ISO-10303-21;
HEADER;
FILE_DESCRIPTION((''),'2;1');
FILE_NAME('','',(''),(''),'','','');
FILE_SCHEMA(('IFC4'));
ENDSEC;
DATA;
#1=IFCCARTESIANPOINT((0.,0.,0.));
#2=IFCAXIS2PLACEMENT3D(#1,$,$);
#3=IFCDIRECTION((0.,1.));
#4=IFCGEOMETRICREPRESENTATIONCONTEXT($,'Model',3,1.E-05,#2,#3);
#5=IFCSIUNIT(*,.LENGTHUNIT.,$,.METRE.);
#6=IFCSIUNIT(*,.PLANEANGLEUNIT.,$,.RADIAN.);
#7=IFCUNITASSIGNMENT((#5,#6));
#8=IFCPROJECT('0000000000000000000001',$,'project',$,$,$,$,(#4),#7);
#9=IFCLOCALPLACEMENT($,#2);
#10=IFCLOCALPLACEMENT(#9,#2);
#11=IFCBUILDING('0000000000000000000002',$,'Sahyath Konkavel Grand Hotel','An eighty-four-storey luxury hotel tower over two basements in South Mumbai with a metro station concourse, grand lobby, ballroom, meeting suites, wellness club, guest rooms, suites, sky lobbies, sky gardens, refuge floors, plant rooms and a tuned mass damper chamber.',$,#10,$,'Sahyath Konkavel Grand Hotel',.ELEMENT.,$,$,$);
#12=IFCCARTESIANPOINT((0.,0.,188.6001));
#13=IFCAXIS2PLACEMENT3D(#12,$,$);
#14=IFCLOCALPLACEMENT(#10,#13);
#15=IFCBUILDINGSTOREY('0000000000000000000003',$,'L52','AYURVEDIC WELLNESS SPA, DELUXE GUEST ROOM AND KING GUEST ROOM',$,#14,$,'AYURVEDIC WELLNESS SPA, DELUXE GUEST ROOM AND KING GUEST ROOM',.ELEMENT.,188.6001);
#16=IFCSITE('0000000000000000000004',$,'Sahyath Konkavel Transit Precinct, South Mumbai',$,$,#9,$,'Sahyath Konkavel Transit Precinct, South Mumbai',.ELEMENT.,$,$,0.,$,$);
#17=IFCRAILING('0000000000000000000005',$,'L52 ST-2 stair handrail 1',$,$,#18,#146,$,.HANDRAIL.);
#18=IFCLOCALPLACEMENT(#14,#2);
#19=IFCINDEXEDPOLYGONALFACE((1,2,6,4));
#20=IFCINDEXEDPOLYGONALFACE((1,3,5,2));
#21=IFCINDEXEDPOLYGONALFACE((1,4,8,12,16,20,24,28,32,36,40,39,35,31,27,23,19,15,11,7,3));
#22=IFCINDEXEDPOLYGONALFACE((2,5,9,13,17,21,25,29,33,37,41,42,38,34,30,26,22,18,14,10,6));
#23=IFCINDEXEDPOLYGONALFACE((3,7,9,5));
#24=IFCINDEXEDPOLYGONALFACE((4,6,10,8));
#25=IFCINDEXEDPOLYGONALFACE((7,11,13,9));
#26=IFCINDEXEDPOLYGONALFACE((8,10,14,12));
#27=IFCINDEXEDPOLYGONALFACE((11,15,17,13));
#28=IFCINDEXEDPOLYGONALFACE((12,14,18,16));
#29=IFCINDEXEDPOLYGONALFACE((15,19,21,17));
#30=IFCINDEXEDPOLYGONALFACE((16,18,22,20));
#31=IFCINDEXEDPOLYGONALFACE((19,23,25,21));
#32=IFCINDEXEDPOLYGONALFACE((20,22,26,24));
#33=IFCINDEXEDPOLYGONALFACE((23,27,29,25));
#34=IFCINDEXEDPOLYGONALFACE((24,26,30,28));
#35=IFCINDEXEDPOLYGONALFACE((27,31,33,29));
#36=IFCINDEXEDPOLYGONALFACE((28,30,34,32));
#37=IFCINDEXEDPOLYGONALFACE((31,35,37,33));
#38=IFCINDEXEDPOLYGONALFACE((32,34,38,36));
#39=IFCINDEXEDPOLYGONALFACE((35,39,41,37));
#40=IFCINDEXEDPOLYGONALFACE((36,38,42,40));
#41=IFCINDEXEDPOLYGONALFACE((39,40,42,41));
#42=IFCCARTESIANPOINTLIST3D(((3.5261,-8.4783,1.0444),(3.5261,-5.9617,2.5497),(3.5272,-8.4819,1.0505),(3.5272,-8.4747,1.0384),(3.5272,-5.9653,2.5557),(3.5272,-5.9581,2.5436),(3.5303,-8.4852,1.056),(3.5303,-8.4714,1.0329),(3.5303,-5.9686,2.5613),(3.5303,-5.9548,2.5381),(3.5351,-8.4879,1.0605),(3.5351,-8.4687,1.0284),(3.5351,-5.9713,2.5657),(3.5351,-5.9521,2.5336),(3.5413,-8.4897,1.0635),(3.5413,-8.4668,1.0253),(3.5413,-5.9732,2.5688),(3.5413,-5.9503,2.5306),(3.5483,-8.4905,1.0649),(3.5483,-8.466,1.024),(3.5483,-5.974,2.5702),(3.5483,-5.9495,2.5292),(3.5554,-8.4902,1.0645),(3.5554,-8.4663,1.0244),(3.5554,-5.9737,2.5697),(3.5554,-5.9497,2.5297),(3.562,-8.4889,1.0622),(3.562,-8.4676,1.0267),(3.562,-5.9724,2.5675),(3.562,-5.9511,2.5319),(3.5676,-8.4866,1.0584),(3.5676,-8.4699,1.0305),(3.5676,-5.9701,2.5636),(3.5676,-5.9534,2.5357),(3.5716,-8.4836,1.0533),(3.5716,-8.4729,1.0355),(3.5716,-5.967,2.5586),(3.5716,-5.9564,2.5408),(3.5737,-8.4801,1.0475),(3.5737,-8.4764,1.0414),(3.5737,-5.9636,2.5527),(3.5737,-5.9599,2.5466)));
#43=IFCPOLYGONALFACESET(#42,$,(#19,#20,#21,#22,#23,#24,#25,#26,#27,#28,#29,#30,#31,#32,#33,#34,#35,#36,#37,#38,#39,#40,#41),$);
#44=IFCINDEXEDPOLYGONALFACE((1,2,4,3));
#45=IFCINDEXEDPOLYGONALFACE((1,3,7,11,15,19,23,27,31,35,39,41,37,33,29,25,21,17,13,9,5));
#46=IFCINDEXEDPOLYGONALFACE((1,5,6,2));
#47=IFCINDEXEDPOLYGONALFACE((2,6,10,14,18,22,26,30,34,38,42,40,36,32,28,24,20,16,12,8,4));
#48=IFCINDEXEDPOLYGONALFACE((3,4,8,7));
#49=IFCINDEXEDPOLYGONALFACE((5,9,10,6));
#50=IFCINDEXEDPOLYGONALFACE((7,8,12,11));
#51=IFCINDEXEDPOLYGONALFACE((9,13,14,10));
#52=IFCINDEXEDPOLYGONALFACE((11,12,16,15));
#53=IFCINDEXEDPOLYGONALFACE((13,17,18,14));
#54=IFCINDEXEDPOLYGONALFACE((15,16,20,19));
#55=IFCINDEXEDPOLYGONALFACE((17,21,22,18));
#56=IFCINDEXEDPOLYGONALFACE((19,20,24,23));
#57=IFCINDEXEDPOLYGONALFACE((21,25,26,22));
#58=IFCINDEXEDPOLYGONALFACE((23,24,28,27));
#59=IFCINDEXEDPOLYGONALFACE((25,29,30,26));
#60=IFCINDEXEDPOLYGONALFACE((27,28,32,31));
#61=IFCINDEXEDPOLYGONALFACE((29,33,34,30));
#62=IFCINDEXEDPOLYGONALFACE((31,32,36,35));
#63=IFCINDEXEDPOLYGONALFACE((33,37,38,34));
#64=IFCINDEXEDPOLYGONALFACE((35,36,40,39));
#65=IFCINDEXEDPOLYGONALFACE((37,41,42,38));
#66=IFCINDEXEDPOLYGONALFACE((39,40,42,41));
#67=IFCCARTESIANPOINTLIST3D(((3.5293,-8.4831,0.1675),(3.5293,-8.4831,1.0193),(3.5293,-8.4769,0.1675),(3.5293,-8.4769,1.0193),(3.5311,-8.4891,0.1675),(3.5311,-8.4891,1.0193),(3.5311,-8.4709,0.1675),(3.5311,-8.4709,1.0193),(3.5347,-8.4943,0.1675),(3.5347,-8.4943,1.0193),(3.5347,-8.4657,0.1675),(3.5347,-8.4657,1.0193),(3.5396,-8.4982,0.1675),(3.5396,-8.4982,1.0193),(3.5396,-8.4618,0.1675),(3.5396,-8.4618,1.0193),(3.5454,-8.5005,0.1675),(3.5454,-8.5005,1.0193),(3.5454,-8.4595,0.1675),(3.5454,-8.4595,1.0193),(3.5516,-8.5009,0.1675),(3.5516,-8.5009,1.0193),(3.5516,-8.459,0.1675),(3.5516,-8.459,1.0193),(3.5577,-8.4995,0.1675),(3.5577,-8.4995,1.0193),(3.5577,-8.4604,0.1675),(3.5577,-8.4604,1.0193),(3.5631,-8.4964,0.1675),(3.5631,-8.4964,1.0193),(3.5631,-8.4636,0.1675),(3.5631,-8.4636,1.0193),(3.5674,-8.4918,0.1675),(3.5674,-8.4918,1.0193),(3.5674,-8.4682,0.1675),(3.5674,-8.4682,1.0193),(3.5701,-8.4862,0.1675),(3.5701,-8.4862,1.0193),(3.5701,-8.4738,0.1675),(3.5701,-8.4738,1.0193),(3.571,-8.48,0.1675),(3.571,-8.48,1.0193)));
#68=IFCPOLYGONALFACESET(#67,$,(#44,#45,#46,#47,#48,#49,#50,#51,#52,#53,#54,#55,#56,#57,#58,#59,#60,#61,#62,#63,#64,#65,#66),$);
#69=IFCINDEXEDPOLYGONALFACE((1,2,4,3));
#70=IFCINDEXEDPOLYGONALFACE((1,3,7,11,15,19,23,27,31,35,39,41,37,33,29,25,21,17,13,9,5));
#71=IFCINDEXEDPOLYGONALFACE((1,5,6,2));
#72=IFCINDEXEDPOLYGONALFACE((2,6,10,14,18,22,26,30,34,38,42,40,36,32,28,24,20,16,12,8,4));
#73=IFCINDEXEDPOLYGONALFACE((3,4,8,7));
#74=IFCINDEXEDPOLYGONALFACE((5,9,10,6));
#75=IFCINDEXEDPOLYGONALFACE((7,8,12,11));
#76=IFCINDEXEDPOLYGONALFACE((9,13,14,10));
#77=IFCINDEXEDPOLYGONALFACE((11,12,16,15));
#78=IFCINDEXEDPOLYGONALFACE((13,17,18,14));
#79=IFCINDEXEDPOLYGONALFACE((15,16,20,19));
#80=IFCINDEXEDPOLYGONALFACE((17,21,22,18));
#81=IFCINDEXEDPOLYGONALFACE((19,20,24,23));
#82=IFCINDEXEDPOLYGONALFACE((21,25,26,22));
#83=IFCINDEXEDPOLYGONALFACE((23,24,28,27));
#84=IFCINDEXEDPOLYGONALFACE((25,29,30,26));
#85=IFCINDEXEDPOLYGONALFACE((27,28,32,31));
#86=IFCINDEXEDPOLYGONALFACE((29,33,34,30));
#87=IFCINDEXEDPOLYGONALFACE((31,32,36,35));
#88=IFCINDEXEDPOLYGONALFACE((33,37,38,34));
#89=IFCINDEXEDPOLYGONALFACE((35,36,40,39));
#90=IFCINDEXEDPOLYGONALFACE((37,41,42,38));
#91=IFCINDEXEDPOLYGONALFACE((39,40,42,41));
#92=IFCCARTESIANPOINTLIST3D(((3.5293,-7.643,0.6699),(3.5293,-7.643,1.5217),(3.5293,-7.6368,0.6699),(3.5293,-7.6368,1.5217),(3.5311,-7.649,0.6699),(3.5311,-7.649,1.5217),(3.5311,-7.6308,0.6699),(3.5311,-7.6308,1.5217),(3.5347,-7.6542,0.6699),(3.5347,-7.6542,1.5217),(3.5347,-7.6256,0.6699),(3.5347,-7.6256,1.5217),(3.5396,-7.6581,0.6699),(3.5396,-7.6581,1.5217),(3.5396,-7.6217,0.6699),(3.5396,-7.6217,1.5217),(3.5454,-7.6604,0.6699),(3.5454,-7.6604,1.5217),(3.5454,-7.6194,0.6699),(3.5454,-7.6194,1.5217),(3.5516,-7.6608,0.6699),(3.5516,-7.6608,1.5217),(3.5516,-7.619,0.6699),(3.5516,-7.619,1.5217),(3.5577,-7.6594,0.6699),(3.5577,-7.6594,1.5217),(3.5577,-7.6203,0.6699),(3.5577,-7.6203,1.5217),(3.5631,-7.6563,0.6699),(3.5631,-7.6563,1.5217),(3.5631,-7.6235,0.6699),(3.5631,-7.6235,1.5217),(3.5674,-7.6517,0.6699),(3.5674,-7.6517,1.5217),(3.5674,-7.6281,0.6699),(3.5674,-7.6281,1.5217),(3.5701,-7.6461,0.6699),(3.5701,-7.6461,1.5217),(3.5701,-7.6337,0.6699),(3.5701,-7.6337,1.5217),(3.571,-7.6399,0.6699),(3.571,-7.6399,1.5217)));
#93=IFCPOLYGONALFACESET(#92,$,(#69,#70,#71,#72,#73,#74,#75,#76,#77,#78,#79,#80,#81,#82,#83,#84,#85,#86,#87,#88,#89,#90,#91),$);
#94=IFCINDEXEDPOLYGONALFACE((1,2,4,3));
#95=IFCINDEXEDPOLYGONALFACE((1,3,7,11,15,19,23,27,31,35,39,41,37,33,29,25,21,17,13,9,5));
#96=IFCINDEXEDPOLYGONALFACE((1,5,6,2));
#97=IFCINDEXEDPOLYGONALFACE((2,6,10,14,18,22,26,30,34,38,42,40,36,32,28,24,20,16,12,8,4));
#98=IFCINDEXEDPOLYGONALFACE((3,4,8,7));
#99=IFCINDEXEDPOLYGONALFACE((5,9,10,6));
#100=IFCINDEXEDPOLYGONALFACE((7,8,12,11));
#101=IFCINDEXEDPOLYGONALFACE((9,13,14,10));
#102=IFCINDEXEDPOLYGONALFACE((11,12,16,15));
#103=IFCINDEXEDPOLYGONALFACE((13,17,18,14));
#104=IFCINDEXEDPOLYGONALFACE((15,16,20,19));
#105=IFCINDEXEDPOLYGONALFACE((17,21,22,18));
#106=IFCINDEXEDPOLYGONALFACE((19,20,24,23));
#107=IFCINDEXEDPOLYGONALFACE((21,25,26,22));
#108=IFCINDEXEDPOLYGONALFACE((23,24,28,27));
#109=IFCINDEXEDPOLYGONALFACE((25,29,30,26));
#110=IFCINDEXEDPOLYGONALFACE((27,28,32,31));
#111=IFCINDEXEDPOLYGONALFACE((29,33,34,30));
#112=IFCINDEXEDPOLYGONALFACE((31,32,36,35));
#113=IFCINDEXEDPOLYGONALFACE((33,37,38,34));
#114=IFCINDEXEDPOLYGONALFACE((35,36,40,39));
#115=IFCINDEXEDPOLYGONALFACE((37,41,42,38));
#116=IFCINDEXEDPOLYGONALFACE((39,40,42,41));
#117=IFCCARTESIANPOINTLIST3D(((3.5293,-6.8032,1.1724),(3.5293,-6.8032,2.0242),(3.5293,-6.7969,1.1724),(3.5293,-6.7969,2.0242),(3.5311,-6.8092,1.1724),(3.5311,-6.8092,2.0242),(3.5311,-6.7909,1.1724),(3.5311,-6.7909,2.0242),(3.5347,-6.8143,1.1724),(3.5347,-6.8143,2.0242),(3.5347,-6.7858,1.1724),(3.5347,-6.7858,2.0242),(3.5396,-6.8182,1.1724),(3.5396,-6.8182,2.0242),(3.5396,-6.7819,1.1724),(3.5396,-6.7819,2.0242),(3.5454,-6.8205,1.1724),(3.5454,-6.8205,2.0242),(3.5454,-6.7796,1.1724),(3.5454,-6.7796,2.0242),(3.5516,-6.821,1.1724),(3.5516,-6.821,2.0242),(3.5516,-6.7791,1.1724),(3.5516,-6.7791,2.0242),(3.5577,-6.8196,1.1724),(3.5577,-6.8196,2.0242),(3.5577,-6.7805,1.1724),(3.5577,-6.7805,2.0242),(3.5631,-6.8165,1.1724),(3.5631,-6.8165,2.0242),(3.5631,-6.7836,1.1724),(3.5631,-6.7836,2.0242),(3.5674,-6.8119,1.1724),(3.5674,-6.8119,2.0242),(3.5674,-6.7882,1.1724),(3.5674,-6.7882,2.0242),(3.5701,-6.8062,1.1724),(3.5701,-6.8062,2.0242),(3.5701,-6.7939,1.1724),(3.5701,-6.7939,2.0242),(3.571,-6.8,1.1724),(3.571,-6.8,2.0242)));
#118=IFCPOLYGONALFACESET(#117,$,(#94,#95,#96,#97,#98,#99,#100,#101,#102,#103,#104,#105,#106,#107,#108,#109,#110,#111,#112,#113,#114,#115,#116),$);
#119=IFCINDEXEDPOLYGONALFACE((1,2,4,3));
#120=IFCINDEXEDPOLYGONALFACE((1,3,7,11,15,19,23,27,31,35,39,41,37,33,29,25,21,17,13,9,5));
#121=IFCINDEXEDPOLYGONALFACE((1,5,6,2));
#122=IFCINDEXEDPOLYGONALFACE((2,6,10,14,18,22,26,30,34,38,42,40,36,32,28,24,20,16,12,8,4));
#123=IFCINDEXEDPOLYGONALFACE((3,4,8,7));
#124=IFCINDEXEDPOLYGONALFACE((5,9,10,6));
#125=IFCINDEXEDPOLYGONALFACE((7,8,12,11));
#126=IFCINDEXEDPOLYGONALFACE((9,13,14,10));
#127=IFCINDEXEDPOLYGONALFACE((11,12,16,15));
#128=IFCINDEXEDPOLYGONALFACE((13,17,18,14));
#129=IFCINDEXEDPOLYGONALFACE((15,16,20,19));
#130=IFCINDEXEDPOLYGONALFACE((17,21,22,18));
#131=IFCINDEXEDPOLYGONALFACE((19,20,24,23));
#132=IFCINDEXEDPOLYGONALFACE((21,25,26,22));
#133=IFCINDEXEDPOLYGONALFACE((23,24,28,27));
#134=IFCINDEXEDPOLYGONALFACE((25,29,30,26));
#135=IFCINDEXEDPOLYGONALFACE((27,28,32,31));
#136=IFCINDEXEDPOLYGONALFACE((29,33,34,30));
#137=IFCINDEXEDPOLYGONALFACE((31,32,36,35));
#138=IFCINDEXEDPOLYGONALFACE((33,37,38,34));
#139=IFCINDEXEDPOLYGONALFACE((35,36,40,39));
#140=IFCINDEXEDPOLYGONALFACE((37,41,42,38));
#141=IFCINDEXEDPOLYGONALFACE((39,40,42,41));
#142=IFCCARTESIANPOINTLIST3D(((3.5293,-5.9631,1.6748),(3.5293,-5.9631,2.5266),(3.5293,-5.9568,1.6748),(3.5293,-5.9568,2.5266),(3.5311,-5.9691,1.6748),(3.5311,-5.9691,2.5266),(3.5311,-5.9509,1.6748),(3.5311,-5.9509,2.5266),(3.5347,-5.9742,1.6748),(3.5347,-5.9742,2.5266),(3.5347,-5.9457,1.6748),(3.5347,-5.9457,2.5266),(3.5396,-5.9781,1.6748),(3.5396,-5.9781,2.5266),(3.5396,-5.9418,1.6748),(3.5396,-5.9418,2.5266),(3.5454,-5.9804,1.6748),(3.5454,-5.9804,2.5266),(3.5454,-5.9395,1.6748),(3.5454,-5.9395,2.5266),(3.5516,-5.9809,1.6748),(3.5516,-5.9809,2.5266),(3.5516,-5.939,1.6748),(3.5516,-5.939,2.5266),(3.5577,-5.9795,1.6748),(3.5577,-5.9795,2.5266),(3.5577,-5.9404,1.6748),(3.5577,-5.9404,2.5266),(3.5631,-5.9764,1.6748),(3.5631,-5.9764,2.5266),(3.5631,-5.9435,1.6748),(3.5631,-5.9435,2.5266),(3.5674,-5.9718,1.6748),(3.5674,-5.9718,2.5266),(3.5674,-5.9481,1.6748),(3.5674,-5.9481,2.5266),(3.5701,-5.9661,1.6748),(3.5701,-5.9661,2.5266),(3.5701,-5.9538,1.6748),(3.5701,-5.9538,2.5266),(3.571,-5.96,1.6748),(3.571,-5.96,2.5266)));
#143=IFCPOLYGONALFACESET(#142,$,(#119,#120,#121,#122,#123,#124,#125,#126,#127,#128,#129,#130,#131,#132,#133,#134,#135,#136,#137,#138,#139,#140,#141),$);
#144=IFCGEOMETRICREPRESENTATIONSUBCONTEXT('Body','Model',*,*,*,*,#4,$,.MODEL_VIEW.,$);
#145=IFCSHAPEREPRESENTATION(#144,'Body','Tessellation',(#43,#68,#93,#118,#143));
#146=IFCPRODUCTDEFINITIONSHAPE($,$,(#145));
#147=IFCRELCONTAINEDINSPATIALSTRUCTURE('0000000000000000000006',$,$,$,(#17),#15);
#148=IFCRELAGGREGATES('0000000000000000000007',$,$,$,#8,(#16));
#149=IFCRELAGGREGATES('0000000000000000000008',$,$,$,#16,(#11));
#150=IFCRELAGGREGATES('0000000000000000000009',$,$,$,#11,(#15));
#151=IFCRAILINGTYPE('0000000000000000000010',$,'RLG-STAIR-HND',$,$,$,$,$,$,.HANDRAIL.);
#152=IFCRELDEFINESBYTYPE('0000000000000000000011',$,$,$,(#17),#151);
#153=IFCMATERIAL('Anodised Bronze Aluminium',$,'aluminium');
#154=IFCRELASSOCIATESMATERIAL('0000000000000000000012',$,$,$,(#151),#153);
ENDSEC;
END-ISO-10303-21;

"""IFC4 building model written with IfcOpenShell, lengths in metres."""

from ifc_helpers import new_model, si_unit, direction, frame, origin, origin_2d, place, context, subcontext, project, spatial, circle, extrude, material, type_object, element, save


model = new_model("IFC4")

# Units and contexts
model_context = context("Model", 3, precision=1e-05, world=origin(), true_north=direction((0.0, 1.0)))
body_context = subcontext(model_context, "Body", "Model", "MODEL_VIEW")
ifc_project = project(units=[si_unit("LENGTHUNIT", "METRE"), si_unit("PLANEANGLEUNIT", "RADIAN")], contexts=[model_context])

# Site, building, storey
site_placement = place(None, origin())
site = spatial("IfcSite", under=ifc_project, at=site_placement, Name="Sahyath Konkavel Transit Precinct, South Mumbai", LongName="Sahyath Konkavel Transit Precinct, South Mumbai", CompositionType="ELEMENT", RefElevation=0.0)
building_placement = place(site_placement, origin())
building = spatial("IfcBuilding", under=site, at=building_placement, Name="Sahyath Konkavel Grand Hotel", Description="An eighty-four-storey luxury hotel tower over two basements in South Mumbai with a metro station concourse, grand lobby, ballroom, meeting suites, wellness club, guest rooms, suites, sky lobbies, sky gardens, refuge floors, plant rooms and a tuned mass damper chamber.", LongName="Sahyath Konkavel Grand Hotel", CompositionType="ELEMENT")
storey_placement = place(building_placement, frame((0.0, 0.0, 188.6001)))
storey = spatial("IfcBuildingStorey", under=building, at=storey_placement, Name="L52", Description="AYURVEDIC WELLNESS SPA, DELUXE GUEST ROOM AND KING GUEST ROOM", LongName="AYURVEDIC WELLNESS SPA, DELUXE GUEST ROOM AND KING GUEST ROOM", CompositionType="ELEMENT", Elevation=188.6001)

# Shared definitions
ifc_material_1 = material(Name="Anodised Bronze Aluminium", Category="aluminium")

# Railing
railing_type_1 = type_object("IfcRailingType", Name="RLG-STAIR-HND", PredefinedType="HANDRAIL", material=ifc_material_1)
railing_1_placement = place(storey_placement, frame((3.55, -8.48, 0.1675)))
element("IfcRailing", 1, at=railing_1_placement, inside=storey, type_object=railing_type_1, Name="L52 ST-2 stair handrail 1", PredefinedType="HANDRAIL", context=body_context, shape_type="SweptSolid", body=[
    extrude(circle(Radius=0.0239, at=origin_2d()), frame((0.0, 0.0017, 0.877), z_axis=(0.0, 0.858196, 0.513321), x_axis=(-1.0, 0.0, 0.0)), (0.0, 0.0, 1.0), 2.9324),
    extrude(circle(Radius=0.021, at=origin_2d()), origin(), (0.0, 0.0, 1.0), 0.8518),
    extrude(circle(Radius=0.021, at=origin_2d()), frame((0.0, 0.8401, 0.5024)), (0.0, 0.0, 1.0), 0.8518),
    extrude(circle(Radius=0.021, at=origin_2d()), frame((0.0, 1.6799, 1.0049)), (0.0, 0.0, 1.0), 0.8518),
    extrude(circle(Radius=0.021, at=origin_2d()), frame((0.0, 2.52, 1.5073)), (0.0, 0.0, 1.0), 0.8518),
])

save(model, "model.ifc")
